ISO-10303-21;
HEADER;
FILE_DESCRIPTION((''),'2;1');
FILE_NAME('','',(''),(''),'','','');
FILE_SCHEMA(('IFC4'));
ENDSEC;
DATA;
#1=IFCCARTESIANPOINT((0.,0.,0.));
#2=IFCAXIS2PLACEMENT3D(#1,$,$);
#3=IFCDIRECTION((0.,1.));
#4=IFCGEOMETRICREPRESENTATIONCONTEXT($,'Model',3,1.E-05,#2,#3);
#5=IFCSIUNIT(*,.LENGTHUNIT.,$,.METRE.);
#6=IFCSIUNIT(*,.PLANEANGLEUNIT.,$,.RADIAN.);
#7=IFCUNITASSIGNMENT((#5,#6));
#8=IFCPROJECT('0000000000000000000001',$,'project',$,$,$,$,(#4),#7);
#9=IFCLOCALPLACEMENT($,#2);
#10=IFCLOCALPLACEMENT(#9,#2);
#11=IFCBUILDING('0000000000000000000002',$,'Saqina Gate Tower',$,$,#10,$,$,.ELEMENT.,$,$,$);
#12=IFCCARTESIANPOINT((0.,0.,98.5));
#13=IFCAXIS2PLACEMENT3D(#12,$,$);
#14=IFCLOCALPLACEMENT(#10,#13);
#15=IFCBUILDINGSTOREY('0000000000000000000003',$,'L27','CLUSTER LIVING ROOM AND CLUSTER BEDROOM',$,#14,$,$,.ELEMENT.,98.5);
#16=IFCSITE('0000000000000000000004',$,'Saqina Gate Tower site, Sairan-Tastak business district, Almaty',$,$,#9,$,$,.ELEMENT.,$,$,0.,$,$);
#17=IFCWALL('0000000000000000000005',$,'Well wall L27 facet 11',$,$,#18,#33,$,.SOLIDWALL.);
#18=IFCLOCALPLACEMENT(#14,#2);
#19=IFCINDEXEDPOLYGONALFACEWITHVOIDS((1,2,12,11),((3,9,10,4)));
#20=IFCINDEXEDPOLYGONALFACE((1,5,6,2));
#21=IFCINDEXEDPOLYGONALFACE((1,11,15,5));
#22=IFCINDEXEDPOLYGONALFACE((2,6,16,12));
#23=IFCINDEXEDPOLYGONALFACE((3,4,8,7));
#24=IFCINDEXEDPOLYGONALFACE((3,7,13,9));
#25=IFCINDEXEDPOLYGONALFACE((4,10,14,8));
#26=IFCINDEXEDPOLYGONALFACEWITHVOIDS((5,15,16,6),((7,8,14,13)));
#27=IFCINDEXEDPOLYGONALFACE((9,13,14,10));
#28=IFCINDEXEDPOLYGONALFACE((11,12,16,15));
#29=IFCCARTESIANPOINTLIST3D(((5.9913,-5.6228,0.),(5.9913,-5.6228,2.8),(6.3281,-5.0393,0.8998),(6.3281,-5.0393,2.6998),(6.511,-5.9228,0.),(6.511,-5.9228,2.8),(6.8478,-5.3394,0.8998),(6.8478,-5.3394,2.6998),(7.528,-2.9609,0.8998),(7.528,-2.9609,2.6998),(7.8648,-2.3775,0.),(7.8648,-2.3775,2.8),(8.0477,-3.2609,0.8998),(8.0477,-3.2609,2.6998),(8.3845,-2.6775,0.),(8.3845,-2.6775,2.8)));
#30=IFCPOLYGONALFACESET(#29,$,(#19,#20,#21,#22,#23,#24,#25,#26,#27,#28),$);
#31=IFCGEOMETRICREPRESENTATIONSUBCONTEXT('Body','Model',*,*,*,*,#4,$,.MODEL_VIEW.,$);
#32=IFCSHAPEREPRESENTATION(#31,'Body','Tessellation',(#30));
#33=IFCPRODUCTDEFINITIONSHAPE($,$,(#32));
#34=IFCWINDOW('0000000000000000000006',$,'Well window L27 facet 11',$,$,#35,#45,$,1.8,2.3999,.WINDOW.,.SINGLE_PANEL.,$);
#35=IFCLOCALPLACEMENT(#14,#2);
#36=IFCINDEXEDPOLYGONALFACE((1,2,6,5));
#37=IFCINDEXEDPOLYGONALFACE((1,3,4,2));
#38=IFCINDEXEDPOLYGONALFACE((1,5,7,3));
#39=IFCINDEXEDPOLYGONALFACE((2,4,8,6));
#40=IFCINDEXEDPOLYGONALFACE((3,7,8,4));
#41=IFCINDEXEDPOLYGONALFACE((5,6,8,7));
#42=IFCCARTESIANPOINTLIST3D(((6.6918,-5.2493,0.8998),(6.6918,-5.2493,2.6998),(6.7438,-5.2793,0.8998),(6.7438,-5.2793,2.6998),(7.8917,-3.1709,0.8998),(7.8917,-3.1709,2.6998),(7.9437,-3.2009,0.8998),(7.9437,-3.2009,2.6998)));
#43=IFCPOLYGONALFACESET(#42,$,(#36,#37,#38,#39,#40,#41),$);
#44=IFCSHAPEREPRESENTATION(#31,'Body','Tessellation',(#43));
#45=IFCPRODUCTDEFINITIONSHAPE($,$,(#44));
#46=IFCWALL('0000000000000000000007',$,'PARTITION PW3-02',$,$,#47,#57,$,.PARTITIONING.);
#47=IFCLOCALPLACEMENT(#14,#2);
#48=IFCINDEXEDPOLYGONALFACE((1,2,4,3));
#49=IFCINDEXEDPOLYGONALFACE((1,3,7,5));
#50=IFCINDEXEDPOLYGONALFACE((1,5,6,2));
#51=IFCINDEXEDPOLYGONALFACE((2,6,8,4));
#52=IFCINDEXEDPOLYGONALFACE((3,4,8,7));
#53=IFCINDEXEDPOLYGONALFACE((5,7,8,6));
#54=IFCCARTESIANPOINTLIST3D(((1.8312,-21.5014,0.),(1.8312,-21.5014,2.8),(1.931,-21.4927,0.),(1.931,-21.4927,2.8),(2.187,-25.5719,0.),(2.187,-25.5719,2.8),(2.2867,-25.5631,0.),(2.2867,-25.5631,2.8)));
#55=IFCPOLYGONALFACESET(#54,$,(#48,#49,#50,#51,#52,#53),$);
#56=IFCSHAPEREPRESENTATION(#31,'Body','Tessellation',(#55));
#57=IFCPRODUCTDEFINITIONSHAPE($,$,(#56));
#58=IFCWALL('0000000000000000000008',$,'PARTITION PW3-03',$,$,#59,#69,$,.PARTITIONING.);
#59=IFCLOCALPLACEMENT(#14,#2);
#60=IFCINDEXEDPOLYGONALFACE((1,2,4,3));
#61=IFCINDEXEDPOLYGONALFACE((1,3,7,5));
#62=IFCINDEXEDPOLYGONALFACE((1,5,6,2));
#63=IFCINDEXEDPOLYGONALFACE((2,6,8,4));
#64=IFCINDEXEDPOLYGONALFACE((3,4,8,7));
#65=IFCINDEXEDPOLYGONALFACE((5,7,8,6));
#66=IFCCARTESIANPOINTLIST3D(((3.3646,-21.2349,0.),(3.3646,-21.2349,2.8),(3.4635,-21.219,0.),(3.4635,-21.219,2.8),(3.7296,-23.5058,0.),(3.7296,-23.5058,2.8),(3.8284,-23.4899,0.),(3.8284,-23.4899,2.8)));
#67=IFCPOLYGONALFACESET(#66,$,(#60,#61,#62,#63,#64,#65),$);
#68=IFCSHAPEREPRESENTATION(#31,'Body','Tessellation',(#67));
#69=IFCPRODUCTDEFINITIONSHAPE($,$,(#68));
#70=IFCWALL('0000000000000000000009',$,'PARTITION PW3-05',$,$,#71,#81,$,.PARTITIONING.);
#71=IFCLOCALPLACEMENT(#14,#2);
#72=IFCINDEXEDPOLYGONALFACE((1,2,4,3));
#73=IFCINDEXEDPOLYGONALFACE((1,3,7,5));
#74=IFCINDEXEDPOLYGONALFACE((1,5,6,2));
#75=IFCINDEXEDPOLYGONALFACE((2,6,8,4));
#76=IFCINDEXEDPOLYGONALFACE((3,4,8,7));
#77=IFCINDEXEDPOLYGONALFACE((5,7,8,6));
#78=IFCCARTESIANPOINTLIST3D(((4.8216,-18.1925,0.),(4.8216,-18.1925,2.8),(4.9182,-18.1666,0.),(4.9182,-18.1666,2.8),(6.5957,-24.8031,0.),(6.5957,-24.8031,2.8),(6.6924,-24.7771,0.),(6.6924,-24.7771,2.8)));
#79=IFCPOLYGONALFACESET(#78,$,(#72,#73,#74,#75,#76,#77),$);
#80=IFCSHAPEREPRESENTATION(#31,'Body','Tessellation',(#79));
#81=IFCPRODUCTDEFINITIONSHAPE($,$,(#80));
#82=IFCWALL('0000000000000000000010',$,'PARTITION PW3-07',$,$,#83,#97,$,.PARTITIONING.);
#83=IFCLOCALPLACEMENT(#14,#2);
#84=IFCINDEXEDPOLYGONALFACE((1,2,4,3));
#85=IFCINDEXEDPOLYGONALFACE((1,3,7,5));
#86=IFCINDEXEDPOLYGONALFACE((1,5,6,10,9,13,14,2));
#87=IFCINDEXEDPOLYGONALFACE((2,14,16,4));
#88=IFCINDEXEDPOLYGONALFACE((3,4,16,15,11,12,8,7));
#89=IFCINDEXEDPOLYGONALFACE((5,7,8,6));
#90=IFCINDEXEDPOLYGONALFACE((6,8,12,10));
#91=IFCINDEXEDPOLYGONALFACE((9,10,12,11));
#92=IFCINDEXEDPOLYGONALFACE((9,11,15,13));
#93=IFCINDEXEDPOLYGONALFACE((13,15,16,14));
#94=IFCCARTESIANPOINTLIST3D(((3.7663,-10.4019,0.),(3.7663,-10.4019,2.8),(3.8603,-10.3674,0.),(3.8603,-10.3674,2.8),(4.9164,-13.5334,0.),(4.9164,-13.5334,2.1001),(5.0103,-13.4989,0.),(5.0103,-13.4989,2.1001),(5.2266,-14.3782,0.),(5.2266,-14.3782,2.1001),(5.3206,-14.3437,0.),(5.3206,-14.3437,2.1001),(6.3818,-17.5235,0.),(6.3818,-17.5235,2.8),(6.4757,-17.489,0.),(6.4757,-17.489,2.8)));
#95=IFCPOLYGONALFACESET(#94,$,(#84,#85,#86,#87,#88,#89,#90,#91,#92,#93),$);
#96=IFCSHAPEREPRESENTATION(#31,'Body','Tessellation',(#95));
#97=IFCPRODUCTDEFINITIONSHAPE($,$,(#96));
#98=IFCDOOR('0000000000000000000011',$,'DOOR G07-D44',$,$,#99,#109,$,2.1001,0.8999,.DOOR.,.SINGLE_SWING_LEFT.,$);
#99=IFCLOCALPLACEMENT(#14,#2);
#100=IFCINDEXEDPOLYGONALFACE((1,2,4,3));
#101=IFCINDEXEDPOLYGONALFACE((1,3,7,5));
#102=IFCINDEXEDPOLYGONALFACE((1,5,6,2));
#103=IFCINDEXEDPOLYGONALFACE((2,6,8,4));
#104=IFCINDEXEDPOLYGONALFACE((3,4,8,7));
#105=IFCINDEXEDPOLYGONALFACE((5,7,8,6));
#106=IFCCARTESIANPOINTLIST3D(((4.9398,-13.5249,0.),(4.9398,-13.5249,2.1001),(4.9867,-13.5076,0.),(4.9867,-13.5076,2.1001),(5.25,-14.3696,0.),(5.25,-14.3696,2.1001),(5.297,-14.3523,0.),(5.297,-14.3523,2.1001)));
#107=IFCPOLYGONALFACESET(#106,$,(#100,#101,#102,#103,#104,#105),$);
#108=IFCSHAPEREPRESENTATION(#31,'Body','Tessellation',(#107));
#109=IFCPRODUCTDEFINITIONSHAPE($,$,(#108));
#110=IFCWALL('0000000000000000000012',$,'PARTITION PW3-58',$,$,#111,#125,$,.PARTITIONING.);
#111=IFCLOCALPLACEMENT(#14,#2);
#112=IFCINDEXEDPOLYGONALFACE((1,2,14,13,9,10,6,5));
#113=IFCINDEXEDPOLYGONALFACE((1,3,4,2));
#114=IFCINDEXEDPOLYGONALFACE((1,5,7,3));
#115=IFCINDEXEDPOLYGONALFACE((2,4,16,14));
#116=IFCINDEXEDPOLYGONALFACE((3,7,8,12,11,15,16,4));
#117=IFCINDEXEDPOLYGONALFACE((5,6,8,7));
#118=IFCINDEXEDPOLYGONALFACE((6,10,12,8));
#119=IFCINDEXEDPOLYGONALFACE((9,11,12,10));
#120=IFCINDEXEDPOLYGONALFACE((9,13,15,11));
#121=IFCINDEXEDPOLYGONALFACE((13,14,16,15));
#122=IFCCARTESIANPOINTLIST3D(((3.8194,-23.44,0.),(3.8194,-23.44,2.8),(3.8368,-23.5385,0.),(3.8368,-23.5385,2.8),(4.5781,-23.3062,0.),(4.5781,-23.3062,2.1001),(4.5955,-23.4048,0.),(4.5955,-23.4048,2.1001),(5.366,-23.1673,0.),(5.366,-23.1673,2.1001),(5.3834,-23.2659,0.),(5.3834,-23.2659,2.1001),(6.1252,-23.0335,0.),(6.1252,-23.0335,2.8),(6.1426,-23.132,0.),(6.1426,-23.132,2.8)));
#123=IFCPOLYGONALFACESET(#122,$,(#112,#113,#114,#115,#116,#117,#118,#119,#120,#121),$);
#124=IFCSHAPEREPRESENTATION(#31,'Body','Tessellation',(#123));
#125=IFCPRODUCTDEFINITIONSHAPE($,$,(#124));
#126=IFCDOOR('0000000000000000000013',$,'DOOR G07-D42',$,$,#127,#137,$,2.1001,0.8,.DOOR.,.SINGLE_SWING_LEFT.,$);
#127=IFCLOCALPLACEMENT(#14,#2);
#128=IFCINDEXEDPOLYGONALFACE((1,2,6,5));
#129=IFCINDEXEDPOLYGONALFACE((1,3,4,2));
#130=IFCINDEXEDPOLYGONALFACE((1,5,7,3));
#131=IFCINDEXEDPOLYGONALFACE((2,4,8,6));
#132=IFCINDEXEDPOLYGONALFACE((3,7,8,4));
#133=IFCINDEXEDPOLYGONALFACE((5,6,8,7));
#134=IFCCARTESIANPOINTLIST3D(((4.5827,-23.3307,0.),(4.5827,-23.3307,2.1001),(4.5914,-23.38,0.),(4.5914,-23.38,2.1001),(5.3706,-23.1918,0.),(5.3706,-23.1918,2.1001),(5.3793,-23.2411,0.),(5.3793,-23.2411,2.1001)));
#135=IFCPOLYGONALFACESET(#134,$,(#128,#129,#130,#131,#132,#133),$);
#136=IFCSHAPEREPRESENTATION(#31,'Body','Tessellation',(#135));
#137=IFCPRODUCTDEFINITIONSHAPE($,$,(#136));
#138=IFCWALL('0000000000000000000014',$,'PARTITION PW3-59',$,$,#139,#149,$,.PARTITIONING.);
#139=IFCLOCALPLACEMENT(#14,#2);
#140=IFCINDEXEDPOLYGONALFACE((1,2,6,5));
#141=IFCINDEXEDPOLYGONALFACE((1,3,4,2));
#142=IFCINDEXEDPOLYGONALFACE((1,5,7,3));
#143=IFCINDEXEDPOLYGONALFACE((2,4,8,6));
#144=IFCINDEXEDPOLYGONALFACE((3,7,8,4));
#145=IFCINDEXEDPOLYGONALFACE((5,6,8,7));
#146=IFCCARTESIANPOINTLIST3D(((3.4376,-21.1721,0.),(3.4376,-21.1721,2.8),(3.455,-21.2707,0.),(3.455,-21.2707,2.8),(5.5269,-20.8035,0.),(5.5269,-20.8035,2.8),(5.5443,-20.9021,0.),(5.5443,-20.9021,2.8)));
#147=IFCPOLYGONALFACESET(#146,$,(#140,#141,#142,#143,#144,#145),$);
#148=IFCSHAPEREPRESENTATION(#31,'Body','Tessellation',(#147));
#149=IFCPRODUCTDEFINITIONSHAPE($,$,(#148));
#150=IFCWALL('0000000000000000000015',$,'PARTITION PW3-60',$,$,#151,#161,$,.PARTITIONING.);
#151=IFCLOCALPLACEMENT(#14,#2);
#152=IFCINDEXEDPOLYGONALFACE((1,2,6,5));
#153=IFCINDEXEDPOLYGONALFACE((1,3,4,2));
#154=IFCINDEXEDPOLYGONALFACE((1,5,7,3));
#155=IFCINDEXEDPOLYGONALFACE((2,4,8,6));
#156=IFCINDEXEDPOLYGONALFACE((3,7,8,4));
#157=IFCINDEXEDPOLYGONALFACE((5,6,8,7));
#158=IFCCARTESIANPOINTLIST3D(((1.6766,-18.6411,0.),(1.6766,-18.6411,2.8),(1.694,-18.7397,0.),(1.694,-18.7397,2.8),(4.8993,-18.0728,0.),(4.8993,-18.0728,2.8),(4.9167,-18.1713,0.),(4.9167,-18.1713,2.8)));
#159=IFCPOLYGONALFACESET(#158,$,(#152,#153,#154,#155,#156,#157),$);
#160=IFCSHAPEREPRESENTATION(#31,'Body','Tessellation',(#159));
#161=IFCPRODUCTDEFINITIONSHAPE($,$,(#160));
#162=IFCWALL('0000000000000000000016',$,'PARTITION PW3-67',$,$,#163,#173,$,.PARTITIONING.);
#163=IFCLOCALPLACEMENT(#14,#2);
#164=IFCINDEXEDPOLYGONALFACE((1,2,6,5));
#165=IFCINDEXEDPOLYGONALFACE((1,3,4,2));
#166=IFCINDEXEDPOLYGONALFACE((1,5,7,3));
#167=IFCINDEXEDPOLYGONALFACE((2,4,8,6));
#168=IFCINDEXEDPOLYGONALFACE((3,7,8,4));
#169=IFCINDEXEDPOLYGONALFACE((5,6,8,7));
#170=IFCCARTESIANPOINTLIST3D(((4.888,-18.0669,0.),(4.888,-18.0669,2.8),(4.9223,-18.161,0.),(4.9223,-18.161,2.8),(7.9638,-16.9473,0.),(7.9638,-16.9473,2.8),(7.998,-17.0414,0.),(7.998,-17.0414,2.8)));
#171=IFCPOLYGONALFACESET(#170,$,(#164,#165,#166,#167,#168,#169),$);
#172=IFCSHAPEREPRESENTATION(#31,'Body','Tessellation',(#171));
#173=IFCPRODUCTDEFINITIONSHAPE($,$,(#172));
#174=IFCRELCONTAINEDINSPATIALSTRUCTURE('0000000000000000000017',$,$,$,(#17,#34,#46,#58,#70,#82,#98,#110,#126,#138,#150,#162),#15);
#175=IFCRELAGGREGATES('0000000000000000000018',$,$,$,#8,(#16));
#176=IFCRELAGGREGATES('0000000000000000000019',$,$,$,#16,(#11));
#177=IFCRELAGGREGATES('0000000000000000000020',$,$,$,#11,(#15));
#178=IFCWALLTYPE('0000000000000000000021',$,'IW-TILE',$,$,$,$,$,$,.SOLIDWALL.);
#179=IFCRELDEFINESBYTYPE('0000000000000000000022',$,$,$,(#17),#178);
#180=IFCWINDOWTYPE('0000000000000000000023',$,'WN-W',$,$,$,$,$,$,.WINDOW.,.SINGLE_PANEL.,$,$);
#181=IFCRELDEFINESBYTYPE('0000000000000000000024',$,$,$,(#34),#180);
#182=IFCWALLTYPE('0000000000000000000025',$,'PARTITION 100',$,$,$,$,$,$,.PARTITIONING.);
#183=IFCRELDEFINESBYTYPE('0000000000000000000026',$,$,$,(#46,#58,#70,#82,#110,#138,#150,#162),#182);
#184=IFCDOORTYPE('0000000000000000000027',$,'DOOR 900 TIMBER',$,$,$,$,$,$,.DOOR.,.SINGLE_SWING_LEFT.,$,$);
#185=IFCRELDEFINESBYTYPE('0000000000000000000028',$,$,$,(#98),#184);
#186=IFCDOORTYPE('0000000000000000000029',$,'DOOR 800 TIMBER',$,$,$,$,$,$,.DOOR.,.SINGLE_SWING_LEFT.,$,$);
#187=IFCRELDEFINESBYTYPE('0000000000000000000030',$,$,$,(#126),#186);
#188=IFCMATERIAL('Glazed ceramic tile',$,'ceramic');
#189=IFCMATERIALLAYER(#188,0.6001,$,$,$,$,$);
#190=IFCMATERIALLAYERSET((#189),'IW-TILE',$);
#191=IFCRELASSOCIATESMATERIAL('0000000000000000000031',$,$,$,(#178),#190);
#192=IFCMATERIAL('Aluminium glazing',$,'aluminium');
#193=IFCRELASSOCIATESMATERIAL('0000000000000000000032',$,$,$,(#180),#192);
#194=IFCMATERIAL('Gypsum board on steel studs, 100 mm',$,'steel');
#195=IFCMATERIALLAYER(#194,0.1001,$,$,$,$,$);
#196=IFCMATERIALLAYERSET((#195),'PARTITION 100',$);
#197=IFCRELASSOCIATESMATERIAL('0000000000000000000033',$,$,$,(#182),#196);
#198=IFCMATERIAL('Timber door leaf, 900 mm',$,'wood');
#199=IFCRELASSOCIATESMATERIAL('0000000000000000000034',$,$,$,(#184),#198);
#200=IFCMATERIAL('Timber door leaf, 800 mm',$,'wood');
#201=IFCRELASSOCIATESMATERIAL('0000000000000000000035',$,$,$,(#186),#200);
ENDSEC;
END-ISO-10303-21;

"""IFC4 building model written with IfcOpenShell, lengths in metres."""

from ifc_helpers import new_model, si_unit, direction, frame, frame_2d, origin, place, context, subcontext, project, spatial, rectangle, extrude, material, layer, layer_set, type_object, element, fill, save


model = new_model("IFC4")

# Units and contexts
model_context = context("Model", 3, precision=1e-05, world=origin(), true_north=direction((0.0, 1.0)))
body_context = subcontext(model_context, "Body", "Model", "MODEL_VIEW")
ifc_project = project(units=[si_unit("LENGTHUNIT", "METRE"), si_unit("PLANEANGLEUNIT", "RADIAN")], contexts=[model_context])

# Site, building, storey
site_placement = place(None, origin())
site = spatial("IfcSite", under=ifc_project, at=site_placement, Name="Saqina Gate Tower site, Sairan-Tastak business district, Almaty", CompositionType="ELEMENT", RefElevation=0.0)
building_placement = place(site_placement, origin())
building = spatial("IfcBuilding", under=site, at=building_placement, Name="Saqina Gate Tower", CompositionType="ELEMENT")
storey_placement = place(building_placement, frame((0.0, 0.0, 98.5)))
storey = spatial("IfcBuildingStorey", under=building, at=storey_placement, Name="L27", Description="CLUSTER LIVING ROOM AND CLUSTER BEDROOM", CompositionType="ELEMENT", Elevation=98.5)

# Wall, opening, window
ifc_material_1 = material(Name="Glazed ceramic tile", Category="ceramic")
ifc_layer_1 = layer(ifc_material_1, 0.6001)
ifc_layer_set_1 = layer_set([ifc_layer_1], Name="IW-TILE")
wall_type_1 = type_object("IfcWallType", Name="IW-TILE", PredefinedType="SOLIDWALL", material=ifc_layer_set_1)
ifc_material_2 = material(Name="Aluminium glazing", Category="aluminium")
window_type_1 = type_object("IfcWindowType", Name="WN-W", PartitioningType="SINGLE_PANEL", PredefinedType="WINDOW", material=ifc_material_2)
wall_1_placement = place(storey_placement, frame((6.2512, -5.7727, 0.0), z_axis=(0.0, 0.0, 1.0), x_axis=(0.499965, 0.866046, 0.0)))
wall_1 = element("IfcWall", 1, at=wall_1_placement, inside=storey, type_object=wall_type_1, Name="Well wall L27 facet 11", PredefinedType="SOLIDWALL", context=body_context, shape_type="SweptSolid", body=[
    extrude(rectangle(XDim=3.7473, YDim=0.6001, at=frame_2d((1.8735, 0.0))), origin(), (0.0, 0.0, 1.0), 2.8),
])
opening_1_placement = place(wall_1_placement, frame((0.6736, 0.0, 0.8999)))
opening_1 = element("IfcOpeningElement", 2, at=opening_1_placement, cuts=wall_1, PredefinedType="OPENING", context=body_context, shape_type="SweptSolid", body=[
    extrude(rectangle(XDim=2.3999, YDim=1.8, at=frame_2d((1.2, 0.8999))), frame((0.0, 0.312, 0.0), z_axis=(0.0, -1.0, 0.0), x_axis=(1.0, 0.0, 0.0)), (0.0, 0.0, 1.0), 0.624),
])
window_1_placement = place(opening_1_placement, origin())
window_1 = element("IfcWindow", 3, at=window_1_placement, inside=storey, type_object=window_type_1, Name="Well window L27 facet 11", OverallHeight=1.8, OverallWidth=2.3999, PartitioningType="SINGLE_PANEL", PredefinedType="WINDOW", context=body_context, shape_type="SweptSolid", body=[
    extrude(rectangle(XDim=2.3999, YDim=1.8, at=frame_2d((1.2, 0.8999))), frame((0.0, -0.1199, 0.0), z_axis=(0.0, -1.0, 0.0), x_axis=(1.0, 0.0, 0.0)), (0.0, 0.0, 1.0), 0.0601),
])
fill(opening_1, window_1)

# Walls
ifc_material_3 = material(Name="Gypsum board on steel studs, 100 mm", Category="steel")
ifc_layer_2 = layer(ifc_material_3, 0.1001)
ifc_layer_set_2 = layer_set([ifc_layer_2], Name="PARTITION 100")
wall_type_2 = type_object("IfcWallType", Name="PARTITION 100", PredefinedType="PARTITIONING", material=ifc_layer_set_2)
wall_2_placement = place(storey_placement, frame((1.8811, -21.4971, 0.0), z_axis=(0.0, 0.0, 1.0), x_axis=(0.08706, -0.996203, 0.0)))
element("IfcWall", 4, at=wall_2_placement, inside=storey, type_object=wall_type_2, Name="PARTITION PW3-02", PredefinedType="PARTITIONING", context=body_context, shape_type="SweptSolid", body=[
    extrude(rectangle(XDim=4.0859, YDim=0.1001, at=frame_2d((2.043, 0.0))), origin(), (0.0, 0.0, 1.0), 2.8),
])
wall_3_placement = place(storey_placement, frame((3.4141, -21.2271, 0.0), z_axis=(0.0, 0.0, 1.0), x_axis=(0.158682, -0.98733, 0.0)))
element("IfcWall", 5, at=wall_3_placement, inside=storey, type_object=wall_type_2, Name="PARTITION PW3-03", PredefinedType="PARTITIONING", context=body_context, shape_type="SweptSolid", body=[
    extrude(rectangle(XDim=2.3, YDim=0.1001, at=frame_2d((1.1499, 0.0))), origin(), (0.0, 0.0, 1.0), 2.8),
])
wall_4_placement = place(storey_placement, frame((4.8699, -18.1794, 0.0), z_axis=(0.0, 0.0, 1.0), x_axis=(0.25921, -0.965821, 0.0)))
element("IfcWall", 6, at=wall_4_placement, inside=storey, type_object=wall_type_2, Name="PARTITION PW3-05", PredefinedType="PARTITIONING", context=body_context, shape_type="SweptSolid", body=[
    extrude(rectangle(XDim=6.8445, YDim=0.1001, at=frame_2d((3.4224, 0.0))), origin(), (0.0, 0.0, 1.0), 2.8),
])

# Walls, openings, doors
wall_5_placement = place(storey_placement, frame((3.8132, -10.3845, 0.0), z_axis=(0.0, 0.0, 1.0), x_axis=(0.344746, -0.938696, 0.0)))
wall_5 = element("IfcWall", 7, at=wall_5_placement, inside=storey, type_object=wall_type_2, Name="PARTITION PW3-07", PredefinedType="PARTITIONING", context=body_context, shape_type="SweptSolid", body=[
    extrude(rectangle(XDim=7.5867, YDim=0.1001, at=frame_2d((3.7935, 0.0))), origin(), (0.0, 0.0, 1.0), 2.8),
])
opening_2_placement = place(wall_5_placement, frame((3.3362, 0.0, 0.0)))
opening_2 = element("IfcOpeningElement", 8, at=opening_2_placement, cuts=wall_5, PredefinedType="OPENING", context=body_context, shape_type="SweptSolid", body=[
    extrude(rectangle(XDim=0.8999, YDim=2.1001, at=frame_2d((0.45, 1.05))), frame((0.0, 0.062, 0.0), z_axis=(0.0, -1.0, 0.0), x_axis=(1.0, 0.0, 0.0)), (0.0, 0.0, 1.0), 0.124),
])
ifc_material_4 = material(Name="Timber door leaf, 900 mm", Category="wood")
door_type_1 = type_object("IfcDoorType", Name="DOOR 900 TIMBER", OperationType="SINGLE_SWING_LEFT", PredefinedType="DOOR", material=ifc_material_4)
door_1_placement = place(opening_2_placement, origin())
door_1 = element("IfcDoor", 9, at=door_1_placement, inside=storey, type_object=door_type_1, Name="DOOR G07-D44", OperationType="SINGLE_SWING_LEFT", OverallHeight=2.1001, OverallWidth=0.8999, PredefinedType="DOOR", context=body_context, shape_type="SweptSolid", body=[
    extrude(rectangle(XDim=0.8999, YDim=2.1001, at=frame_2d((0.45, 1.05))), frame((0.0, 0.0249, 0.0), z_axis=(0.0, -1.0, 0.0), x_axis=(1.0, 0.0, 0.0)), (0.0, 0.0, 1.0), 0.05),
])
fill(opening_2, door_1)
wall_6_placement = place(storey_placement, frame((3.8281, -23.4893, 0.0), z_axis=(0.0, 0.0, 1.0), x_axis=(0.984812, 0.173625, 0.0)))
wall_6 = element("IfcWall", 10, at=wall_6_placement, inside=storey, type_object=wall_type_2, Name="PARTITION PW3-58", PredefinedType="PARTITIONING", context=body_context, shape_type="SweptSolid", body=[
    extrude(rectangle(XDim=2.3413, YDim=0.1001, at=frame_2d((1.1707, 0.0))), origin(), (0.0, 0.0, 1.0), 2.8),
])
opening_3_placement = place(wall_6_placement, frame((0.7705, 0.0, 0.0)))
opening_3 = element("IfcOpeningElement", 11, at=opening_3_placement, cuts=wall_6, PredefinedType="OPENING", context=body_context, shape_type="SweptSolid", body=[
    extrude(rectangle(XDim=0.8, YDim=2.1001, at=frame_2d((0.3999, 1.05))), frame((0.0, 0.062, 0.0), z_axis=(0.0, -1.0, 0.0), x_axis=(1.0, 0.0, 0.0)), (0.0, 0.0, 1.0), 0.124),
])
ifc_material_5 = material(Name="Timber door leaf, 800 mm", Category="wood")
door_type_2 = type_object("IfcDoorType", Name="DOOR 800 TIMBER", OperationType="SINGLE_SWING_LEFT", PredefinedType="DOOR", material=ifc_material_5)
door_2_placement = place(opening_3_placement, frame((0.8, 0.0, 0.0), z_axis=(0.0, 0.0, 1.0), x_axis=(-1.0, 0.0, 0.0)))
door_2 = element("IfcDoor", 12, at=door_2_placement, inside=storey, type_object=door_type_2, Name="DOOR G07-D42", OperationType="SINGLE_SWING_LEFT", OverallHeight=2.1001, OverallWidth=0.8, PredefinedType="DOOR", context=body_context, shape_type="SweptSolid", body=[
    extrude(rectangle(XDim=0.8, YDim=2.1001, at=frame_2d((0.3999, 1.05))), frame((0.0, 0.0249, 0.0), z_axis=(0.0, -1.0, 0.0), x_axis=(1.0, 0.0, 0.0)), (0.0, 0.0, 1.0), 0.05),
])
fill(opening_3, door_2)

# Walls
wall_7_placement = place(storey_placement, frame((3.4463, -21.2214, 0.0), z_axis=(0.0, 0.0, 1.0), x_axis=(0.984788, 0.173759, 0.0)))
element("IfcWall", 13, at=wall_7_placement, inside=storey, type_object=wall_type_2, Name="PARTITION PW3-59", PredefinedType="PARTITIONING", context=body_context, shape_type="SweptSolid", body=[
    extrude(rectangle(XDim=2.1216, YDim=0.1001, at=frame_2d((1.0608, 0.0))), origin(), (0.0, 0.0, 1.0), 2.8),
])
wall_8_placement = place(storey_placement, frame((1.6853, -18.6904, 0.0), z_axis=(0.0, 0.0, 1.0), x_axis=(0.984802, 0.173683, 0.0)))
element("IfcWall", 14, at=wall_8_placement, inside=storey, type_object=wall_type_2, Name="PARTITION PW3-60", PredefinedType="PARTITIONING", context=body_context, shape_type="SweptSolid", body=[
    extrude(rectangle(XDim=3.2725, YDim=0.1001, at=frame_2d((1.6362, 0.0))), origin(), (0.0, 0.0, 1.0), 2.8),
])
wall_9_placement = place(storey_placement, frame((4.905, -18.114, 0.0), z_axis=(0.0, 0.0, 1.0), x_axis=(0.939676, 0.342066, 0.0)))
element("IfcWall", 15, at=wall_9_placement, inside=storey, type_object=wall_type_2, Name="PARTITION PW3-67", PredefinedType="PARTITIONING", context=body_context, shape_type="SweptSolid", body=[
    extrude(rectangle(XDim=3.2732, YDim=0.1001, at=frame_2d((1.6367, 0.0))), origin(), (0.0, 0.0, 1.0), 2.8),
])

save(model, "model.ifc")
